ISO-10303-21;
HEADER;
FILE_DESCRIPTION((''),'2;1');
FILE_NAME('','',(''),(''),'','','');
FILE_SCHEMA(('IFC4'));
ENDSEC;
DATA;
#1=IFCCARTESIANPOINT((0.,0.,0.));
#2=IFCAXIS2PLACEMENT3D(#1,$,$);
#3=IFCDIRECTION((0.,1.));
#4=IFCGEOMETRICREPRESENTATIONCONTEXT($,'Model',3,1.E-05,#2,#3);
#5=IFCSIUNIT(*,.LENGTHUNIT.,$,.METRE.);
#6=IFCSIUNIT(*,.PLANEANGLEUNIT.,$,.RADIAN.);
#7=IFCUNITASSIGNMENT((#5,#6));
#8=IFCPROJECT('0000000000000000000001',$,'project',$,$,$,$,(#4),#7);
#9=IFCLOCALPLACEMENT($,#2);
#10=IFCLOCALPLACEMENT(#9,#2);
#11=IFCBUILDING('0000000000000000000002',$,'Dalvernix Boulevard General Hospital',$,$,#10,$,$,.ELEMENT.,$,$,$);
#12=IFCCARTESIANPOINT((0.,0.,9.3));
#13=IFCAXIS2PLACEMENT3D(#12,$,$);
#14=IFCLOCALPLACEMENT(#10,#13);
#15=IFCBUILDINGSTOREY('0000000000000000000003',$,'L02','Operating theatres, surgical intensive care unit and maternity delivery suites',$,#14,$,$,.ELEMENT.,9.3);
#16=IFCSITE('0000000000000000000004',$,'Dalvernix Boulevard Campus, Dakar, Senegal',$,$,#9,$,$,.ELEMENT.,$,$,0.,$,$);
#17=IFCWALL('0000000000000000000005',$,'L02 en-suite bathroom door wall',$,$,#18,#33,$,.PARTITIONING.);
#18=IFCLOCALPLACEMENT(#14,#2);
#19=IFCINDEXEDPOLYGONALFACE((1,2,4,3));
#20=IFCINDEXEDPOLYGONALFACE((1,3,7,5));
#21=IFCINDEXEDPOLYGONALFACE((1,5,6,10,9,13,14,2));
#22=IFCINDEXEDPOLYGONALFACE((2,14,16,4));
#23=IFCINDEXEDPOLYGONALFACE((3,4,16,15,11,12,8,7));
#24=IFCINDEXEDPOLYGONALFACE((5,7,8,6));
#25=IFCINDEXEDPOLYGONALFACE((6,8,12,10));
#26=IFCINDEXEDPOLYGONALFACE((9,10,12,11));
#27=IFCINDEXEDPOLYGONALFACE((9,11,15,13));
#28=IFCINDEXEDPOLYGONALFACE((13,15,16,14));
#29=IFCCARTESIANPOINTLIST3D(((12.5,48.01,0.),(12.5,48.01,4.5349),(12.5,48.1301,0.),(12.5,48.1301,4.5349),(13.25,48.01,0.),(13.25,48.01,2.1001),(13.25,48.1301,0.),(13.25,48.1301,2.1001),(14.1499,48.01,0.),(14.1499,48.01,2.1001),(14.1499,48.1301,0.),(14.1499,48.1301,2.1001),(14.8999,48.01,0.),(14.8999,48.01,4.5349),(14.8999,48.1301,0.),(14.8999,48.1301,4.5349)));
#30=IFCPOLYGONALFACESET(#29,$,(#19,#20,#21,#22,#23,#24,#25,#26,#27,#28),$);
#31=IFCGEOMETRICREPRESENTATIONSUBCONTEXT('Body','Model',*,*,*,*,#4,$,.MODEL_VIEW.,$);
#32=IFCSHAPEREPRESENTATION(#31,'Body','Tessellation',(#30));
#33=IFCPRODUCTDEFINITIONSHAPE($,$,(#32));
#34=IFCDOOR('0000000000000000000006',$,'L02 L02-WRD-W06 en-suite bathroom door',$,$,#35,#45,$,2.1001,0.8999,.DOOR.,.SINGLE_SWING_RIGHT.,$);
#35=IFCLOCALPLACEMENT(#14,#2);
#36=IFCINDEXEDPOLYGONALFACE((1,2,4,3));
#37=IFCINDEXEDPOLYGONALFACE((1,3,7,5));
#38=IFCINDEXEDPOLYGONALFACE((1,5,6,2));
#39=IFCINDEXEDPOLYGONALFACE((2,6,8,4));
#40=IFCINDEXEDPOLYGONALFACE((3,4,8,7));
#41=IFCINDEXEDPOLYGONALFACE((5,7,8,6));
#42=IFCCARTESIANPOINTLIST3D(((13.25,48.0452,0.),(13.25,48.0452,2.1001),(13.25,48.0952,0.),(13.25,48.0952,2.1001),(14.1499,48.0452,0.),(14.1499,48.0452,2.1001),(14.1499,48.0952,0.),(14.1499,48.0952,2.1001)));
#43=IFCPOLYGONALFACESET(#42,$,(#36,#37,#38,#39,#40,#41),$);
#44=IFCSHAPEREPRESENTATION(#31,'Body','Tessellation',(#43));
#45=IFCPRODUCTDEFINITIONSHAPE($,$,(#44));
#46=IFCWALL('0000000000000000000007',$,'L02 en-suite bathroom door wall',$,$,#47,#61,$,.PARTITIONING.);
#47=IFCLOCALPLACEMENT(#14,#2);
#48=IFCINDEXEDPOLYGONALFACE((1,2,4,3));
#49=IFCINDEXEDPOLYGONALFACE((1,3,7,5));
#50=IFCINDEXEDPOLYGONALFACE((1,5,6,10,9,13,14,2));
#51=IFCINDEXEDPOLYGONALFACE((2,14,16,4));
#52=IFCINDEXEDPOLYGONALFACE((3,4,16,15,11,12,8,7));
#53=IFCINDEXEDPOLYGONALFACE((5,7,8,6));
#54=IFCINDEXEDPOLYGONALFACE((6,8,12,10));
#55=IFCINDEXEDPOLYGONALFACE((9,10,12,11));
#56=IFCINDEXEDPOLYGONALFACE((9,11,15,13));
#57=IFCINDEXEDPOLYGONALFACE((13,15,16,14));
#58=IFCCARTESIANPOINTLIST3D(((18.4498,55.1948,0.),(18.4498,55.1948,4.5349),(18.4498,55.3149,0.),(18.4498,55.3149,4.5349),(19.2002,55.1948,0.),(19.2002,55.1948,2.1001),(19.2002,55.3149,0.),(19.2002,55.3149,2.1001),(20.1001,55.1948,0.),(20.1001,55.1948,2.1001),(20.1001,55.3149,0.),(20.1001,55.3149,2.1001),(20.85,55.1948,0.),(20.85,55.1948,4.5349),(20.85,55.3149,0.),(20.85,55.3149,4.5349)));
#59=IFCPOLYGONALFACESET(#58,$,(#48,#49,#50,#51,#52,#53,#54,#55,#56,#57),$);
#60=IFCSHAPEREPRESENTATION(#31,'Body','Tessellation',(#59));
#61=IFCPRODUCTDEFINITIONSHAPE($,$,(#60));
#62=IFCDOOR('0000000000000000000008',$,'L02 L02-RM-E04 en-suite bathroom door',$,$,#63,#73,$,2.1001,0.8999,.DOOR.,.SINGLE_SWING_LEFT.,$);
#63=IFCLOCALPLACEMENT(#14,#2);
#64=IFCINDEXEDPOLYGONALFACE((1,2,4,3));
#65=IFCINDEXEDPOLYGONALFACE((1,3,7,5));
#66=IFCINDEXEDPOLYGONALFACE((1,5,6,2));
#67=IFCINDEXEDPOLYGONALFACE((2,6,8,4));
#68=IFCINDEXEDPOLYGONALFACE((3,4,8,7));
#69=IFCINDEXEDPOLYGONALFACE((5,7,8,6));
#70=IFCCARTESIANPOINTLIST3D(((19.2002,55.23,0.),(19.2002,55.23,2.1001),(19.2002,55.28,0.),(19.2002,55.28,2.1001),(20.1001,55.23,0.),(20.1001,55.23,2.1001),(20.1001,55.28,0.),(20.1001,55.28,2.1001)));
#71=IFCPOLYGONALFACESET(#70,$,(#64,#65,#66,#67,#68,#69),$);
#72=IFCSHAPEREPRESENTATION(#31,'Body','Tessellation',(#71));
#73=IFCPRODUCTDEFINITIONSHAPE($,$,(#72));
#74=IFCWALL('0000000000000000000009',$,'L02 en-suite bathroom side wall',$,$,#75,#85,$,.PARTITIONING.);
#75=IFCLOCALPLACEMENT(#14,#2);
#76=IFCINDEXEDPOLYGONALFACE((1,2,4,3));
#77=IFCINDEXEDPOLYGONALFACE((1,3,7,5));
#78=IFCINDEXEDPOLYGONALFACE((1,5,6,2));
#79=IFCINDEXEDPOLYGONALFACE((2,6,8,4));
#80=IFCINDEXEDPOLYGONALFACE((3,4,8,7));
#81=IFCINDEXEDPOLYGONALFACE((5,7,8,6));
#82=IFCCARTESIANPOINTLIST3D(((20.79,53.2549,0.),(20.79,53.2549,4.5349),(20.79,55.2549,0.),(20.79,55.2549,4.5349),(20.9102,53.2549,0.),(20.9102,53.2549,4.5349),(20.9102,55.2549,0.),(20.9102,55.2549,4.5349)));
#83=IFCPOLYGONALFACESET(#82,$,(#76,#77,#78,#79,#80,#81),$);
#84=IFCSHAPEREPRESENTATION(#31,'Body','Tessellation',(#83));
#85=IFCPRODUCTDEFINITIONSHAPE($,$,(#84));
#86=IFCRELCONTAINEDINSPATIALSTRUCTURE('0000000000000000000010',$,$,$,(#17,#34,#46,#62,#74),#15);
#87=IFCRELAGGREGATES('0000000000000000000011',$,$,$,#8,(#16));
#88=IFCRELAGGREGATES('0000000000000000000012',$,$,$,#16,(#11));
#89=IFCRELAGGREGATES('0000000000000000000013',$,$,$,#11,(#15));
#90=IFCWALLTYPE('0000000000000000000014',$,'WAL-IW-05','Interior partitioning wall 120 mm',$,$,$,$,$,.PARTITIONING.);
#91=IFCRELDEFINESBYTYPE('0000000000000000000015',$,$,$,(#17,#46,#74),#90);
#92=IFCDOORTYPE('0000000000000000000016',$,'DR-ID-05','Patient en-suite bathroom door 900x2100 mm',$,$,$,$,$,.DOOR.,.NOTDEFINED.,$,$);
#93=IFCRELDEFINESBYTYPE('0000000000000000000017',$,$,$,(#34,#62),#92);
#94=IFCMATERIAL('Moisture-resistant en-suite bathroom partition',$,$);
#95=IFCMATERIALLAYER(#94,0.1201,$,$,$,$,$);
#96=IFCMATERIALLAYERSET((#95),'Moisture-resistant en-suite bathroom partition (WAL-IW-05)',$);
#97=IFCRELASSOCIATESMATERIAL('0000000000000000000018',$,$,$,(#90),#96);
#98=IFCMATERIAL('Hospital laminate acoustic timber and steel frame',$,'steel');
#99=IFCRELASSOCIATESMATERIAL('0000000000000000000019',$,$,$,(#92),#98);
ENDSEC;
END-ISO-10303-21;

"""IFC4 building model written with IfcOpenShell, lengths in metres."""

from ifc_helpers import new_model, si_unit, direction, frame, frame_2d, origin, place, context, subcontext, project, spatial, rectangle, extrude, material, layer, layer_set, type_object, element, fill, save


model = new_model("IFC4")

# Units and contexts
model_context = context("Model", 3, precision=1e-05, world=origin(), true_north=direction((0.0, 1.0)))
body_context = subcontext(model_context, "Body", "Model", "MODEL_VIEW")
ifc_project = project(units=[si_unit("LENGTHUNIT", "METRE"), si_unit("PLANEANGLEUNIT", "RADIAN")], contexts=[model_context])

# Site, building, storey
site_placement = place(None, origin())
site = spatial("IfcSite", under=ifc_project, at=site_placement, Name="Dalvernix Boulevard Campus, Dakar, Senegal", CompositionType="ELEMENT", RefElevation=0.0)
building_placement = place(site_placement, origin())
building = spatial("IfcBuilding", under=site, at=building_placement, Name="Dalvernix Boulevard General Hospital", CompositionType="ELEMENT")
storey_placement = place(building_placement, frame((0.0, 0.0, 9.3)))
storey = spatial("IfcBuildingStorey", under=building, at=storey_placement, Name="L02", Description="Operating theatres, surgical intensive care unit and maternity delivery suites", CompositionType="ELEMENT", Elevation=9.3)

# Shared definitions
ifc_material_1 = material(Name="Hospital laminate acoustic timber and steel frame", Category="steel")

# Walls, openings, doors
ifc_material_2 = material(Name="Moisture-resistant en-suite bathroom partition")
ifc_layer_1 = layer(ifc_material_2, 0.1201)
ifc_layer_set_1 = layer_set([ifc_layer_1], Name="Moisture-resistant en-suite bathroom partition (WAL-IW-05)")
wall_type_1 = type_object("IfcWallType", Name="WAL-IW-05", Description="Interior partitioning wall 120 mm", PredefinedType="PARTITIONING", material=ifc_layer_set_1)
wall_1_placement = place(storey_placement, frame((14.8999, 48.0701, 0.0), z_axis=(0.0, 0.0, 1.0), x_axis=(-1.0, 0.0, 0.0)))
wall_1 = element("IfcWall", 1, at=wall_1_placement, inside=storey, type_object=wall_type_1, Name="L02 en-suite bathroom door wall", PredefinedType="PARTITIONING", context=body_context, shape_type="SweptSolid", body=[
    extrude(rectangle(XDim=2.3999, YDim=0.1201, at=frame_2d((1.2, 0.0))), origin(), (0.0, 0.0, 1.0), 4.5349),
])
opening_1_placement = place(wall_1_placement, frame((0.75, 0.0, 0.0)))
opening_1 = element("IfcOpeningElement", 2, at=opening_1_placement, cuts=wall_1, PredefinedType="OPENING", context=body_context, shape_type="SweptSolid", body=[
    extrude(rectangle(XDim=0.8999, YDim=2.1001, at=frame_2d((0.45, 1.05))), frame((0.0, 0.0701, 0.0), z_axis=(0.0, -1.0, 0.0), x_axis=(1.0, 0.0, 0.0)), (0.0, 0.0, 1.0), 0.1401),
])
door_type_1 = type_object("IfcDoorType", Name="DR-ID-05", Description="Patient en-suite bathroom door 900x2100 mm", OperationType="NOTDEFINED", PredefinedType="DOOR", material=ifc_material_1)
door_1_placement = place(opening_1_placement, origin())
door_1 = element("IfcDoor", 3, at=door_1_placement, inside=storey, type_object=door_type_1, Name="L02 L02-WRD-W06 en-suite bathroom door", OperationType="SINGLE_SWING_RIGHT", OverallHeight=2.1001, OverallWidth=0.8999, PredefinedType="DOOR", context=body_context, shape_type="SweptSolid", body=[
    extrude(rectangle(XDim=0.8999, YDim=2.1001, at=frame_2d((0.45, 1.05))), frame((0.0, 0.0249, 0.0), z_axis=(0.0, -1.0, 0.0), x_axis=(1.0, 0.0, 0.0)), (0.0, 0.0, 1.0), 0.05),
])
fill(opening_1, door_1)
wall_2_placement = place(storey_placement, frame((20.8501, 55.2549, 0.0), z_axis=(0.0, 0.0, 1.0), x_axis=(-1.0, 0.0, 0.0)))
wall_2 = element("IfcWall", 4, at=wall_2_placement, inside=storey, type_object=wall_type_1, Name="L02 en-suite bathroom door wall", PredefinedType="PARTITIONING", context=body_context, shape_type="SweptSolid", body=[
    extrude(rectangle(XDim=2.4001, YDim=0.1201, at=frame_2d((1.2002, 0.0))), origin(), (0.0, 0.0, 1.0), 4.5349),
])
opening_2_placement = place(wall_2_placement, frame((0.75, 0.0, 0.0)))
opening_2 = element("IfcOpeningElement", 5, at=opening_2_placement, cuts=wall_2, PredefinedType="OPENING", context=body_context, shape_type="SweptSolid", body=[
    extrude(rectangle(XDim=0.8999, YDim=2.1001, at=frame_2d((0.45, 1.05))), frame((0.0, 0.0701, 0.0), z_axis=(0.0, -1.0, 0.0), x_axis=(1.0, 0.0, 0.0)), (0.0, 0.0, 1.0), 0.1401),
])
door_2_placement = place(opening_2_placement, origin())
door_2 = element("IfcDoor", 6, at=door_2_placement, inside=storey, type_object=door_type_1, Name="L02 L02-RM-E04 en-suite bathroom door", OperationType="SINGLE_SWING_LEFT", OverallHeight=2.1001, OverallWidth=0.8999, PredefinedType="DOOR", context=body_context, shape_type="SweptSolid", body=[
    extrude(rectangle(XDim=0.8999, YDim=2.1001, at=frame_2d((0.45, 1.05))), frame((0.0, 0.0249, 0.0), z_axis=(0.0, -1.0, 0.0), x_axis=(1.0, 0.0, 0.0)), (0.0, 0.0, 1.0), 0.05),
])
fill(opening_2, door_2)

# Wall
wall_3_placement = place(storey_placement, frame((20.8501, 53.2549, 0.0), z_axis=(0.0, 0.0, 1.0), x_axis=(0.0, 1.0, 0.0)))
element("IfcWall", 7, at=wall_3_placement, inside=storey, type_object=wall_type_1, Name="L02 en-suite bathroom side wall", PredefinedType="PARTITIONING", context=body_context, shape_type="SweptSolid", body=[
    extrude(rectangle(XDim=2.0, YDim=0.1201, at=frame_2d((1.0, 0.0))), origin(), (0.0, 0.0, 1.0), 4.5349),
])

save(model, "model.ifc")
